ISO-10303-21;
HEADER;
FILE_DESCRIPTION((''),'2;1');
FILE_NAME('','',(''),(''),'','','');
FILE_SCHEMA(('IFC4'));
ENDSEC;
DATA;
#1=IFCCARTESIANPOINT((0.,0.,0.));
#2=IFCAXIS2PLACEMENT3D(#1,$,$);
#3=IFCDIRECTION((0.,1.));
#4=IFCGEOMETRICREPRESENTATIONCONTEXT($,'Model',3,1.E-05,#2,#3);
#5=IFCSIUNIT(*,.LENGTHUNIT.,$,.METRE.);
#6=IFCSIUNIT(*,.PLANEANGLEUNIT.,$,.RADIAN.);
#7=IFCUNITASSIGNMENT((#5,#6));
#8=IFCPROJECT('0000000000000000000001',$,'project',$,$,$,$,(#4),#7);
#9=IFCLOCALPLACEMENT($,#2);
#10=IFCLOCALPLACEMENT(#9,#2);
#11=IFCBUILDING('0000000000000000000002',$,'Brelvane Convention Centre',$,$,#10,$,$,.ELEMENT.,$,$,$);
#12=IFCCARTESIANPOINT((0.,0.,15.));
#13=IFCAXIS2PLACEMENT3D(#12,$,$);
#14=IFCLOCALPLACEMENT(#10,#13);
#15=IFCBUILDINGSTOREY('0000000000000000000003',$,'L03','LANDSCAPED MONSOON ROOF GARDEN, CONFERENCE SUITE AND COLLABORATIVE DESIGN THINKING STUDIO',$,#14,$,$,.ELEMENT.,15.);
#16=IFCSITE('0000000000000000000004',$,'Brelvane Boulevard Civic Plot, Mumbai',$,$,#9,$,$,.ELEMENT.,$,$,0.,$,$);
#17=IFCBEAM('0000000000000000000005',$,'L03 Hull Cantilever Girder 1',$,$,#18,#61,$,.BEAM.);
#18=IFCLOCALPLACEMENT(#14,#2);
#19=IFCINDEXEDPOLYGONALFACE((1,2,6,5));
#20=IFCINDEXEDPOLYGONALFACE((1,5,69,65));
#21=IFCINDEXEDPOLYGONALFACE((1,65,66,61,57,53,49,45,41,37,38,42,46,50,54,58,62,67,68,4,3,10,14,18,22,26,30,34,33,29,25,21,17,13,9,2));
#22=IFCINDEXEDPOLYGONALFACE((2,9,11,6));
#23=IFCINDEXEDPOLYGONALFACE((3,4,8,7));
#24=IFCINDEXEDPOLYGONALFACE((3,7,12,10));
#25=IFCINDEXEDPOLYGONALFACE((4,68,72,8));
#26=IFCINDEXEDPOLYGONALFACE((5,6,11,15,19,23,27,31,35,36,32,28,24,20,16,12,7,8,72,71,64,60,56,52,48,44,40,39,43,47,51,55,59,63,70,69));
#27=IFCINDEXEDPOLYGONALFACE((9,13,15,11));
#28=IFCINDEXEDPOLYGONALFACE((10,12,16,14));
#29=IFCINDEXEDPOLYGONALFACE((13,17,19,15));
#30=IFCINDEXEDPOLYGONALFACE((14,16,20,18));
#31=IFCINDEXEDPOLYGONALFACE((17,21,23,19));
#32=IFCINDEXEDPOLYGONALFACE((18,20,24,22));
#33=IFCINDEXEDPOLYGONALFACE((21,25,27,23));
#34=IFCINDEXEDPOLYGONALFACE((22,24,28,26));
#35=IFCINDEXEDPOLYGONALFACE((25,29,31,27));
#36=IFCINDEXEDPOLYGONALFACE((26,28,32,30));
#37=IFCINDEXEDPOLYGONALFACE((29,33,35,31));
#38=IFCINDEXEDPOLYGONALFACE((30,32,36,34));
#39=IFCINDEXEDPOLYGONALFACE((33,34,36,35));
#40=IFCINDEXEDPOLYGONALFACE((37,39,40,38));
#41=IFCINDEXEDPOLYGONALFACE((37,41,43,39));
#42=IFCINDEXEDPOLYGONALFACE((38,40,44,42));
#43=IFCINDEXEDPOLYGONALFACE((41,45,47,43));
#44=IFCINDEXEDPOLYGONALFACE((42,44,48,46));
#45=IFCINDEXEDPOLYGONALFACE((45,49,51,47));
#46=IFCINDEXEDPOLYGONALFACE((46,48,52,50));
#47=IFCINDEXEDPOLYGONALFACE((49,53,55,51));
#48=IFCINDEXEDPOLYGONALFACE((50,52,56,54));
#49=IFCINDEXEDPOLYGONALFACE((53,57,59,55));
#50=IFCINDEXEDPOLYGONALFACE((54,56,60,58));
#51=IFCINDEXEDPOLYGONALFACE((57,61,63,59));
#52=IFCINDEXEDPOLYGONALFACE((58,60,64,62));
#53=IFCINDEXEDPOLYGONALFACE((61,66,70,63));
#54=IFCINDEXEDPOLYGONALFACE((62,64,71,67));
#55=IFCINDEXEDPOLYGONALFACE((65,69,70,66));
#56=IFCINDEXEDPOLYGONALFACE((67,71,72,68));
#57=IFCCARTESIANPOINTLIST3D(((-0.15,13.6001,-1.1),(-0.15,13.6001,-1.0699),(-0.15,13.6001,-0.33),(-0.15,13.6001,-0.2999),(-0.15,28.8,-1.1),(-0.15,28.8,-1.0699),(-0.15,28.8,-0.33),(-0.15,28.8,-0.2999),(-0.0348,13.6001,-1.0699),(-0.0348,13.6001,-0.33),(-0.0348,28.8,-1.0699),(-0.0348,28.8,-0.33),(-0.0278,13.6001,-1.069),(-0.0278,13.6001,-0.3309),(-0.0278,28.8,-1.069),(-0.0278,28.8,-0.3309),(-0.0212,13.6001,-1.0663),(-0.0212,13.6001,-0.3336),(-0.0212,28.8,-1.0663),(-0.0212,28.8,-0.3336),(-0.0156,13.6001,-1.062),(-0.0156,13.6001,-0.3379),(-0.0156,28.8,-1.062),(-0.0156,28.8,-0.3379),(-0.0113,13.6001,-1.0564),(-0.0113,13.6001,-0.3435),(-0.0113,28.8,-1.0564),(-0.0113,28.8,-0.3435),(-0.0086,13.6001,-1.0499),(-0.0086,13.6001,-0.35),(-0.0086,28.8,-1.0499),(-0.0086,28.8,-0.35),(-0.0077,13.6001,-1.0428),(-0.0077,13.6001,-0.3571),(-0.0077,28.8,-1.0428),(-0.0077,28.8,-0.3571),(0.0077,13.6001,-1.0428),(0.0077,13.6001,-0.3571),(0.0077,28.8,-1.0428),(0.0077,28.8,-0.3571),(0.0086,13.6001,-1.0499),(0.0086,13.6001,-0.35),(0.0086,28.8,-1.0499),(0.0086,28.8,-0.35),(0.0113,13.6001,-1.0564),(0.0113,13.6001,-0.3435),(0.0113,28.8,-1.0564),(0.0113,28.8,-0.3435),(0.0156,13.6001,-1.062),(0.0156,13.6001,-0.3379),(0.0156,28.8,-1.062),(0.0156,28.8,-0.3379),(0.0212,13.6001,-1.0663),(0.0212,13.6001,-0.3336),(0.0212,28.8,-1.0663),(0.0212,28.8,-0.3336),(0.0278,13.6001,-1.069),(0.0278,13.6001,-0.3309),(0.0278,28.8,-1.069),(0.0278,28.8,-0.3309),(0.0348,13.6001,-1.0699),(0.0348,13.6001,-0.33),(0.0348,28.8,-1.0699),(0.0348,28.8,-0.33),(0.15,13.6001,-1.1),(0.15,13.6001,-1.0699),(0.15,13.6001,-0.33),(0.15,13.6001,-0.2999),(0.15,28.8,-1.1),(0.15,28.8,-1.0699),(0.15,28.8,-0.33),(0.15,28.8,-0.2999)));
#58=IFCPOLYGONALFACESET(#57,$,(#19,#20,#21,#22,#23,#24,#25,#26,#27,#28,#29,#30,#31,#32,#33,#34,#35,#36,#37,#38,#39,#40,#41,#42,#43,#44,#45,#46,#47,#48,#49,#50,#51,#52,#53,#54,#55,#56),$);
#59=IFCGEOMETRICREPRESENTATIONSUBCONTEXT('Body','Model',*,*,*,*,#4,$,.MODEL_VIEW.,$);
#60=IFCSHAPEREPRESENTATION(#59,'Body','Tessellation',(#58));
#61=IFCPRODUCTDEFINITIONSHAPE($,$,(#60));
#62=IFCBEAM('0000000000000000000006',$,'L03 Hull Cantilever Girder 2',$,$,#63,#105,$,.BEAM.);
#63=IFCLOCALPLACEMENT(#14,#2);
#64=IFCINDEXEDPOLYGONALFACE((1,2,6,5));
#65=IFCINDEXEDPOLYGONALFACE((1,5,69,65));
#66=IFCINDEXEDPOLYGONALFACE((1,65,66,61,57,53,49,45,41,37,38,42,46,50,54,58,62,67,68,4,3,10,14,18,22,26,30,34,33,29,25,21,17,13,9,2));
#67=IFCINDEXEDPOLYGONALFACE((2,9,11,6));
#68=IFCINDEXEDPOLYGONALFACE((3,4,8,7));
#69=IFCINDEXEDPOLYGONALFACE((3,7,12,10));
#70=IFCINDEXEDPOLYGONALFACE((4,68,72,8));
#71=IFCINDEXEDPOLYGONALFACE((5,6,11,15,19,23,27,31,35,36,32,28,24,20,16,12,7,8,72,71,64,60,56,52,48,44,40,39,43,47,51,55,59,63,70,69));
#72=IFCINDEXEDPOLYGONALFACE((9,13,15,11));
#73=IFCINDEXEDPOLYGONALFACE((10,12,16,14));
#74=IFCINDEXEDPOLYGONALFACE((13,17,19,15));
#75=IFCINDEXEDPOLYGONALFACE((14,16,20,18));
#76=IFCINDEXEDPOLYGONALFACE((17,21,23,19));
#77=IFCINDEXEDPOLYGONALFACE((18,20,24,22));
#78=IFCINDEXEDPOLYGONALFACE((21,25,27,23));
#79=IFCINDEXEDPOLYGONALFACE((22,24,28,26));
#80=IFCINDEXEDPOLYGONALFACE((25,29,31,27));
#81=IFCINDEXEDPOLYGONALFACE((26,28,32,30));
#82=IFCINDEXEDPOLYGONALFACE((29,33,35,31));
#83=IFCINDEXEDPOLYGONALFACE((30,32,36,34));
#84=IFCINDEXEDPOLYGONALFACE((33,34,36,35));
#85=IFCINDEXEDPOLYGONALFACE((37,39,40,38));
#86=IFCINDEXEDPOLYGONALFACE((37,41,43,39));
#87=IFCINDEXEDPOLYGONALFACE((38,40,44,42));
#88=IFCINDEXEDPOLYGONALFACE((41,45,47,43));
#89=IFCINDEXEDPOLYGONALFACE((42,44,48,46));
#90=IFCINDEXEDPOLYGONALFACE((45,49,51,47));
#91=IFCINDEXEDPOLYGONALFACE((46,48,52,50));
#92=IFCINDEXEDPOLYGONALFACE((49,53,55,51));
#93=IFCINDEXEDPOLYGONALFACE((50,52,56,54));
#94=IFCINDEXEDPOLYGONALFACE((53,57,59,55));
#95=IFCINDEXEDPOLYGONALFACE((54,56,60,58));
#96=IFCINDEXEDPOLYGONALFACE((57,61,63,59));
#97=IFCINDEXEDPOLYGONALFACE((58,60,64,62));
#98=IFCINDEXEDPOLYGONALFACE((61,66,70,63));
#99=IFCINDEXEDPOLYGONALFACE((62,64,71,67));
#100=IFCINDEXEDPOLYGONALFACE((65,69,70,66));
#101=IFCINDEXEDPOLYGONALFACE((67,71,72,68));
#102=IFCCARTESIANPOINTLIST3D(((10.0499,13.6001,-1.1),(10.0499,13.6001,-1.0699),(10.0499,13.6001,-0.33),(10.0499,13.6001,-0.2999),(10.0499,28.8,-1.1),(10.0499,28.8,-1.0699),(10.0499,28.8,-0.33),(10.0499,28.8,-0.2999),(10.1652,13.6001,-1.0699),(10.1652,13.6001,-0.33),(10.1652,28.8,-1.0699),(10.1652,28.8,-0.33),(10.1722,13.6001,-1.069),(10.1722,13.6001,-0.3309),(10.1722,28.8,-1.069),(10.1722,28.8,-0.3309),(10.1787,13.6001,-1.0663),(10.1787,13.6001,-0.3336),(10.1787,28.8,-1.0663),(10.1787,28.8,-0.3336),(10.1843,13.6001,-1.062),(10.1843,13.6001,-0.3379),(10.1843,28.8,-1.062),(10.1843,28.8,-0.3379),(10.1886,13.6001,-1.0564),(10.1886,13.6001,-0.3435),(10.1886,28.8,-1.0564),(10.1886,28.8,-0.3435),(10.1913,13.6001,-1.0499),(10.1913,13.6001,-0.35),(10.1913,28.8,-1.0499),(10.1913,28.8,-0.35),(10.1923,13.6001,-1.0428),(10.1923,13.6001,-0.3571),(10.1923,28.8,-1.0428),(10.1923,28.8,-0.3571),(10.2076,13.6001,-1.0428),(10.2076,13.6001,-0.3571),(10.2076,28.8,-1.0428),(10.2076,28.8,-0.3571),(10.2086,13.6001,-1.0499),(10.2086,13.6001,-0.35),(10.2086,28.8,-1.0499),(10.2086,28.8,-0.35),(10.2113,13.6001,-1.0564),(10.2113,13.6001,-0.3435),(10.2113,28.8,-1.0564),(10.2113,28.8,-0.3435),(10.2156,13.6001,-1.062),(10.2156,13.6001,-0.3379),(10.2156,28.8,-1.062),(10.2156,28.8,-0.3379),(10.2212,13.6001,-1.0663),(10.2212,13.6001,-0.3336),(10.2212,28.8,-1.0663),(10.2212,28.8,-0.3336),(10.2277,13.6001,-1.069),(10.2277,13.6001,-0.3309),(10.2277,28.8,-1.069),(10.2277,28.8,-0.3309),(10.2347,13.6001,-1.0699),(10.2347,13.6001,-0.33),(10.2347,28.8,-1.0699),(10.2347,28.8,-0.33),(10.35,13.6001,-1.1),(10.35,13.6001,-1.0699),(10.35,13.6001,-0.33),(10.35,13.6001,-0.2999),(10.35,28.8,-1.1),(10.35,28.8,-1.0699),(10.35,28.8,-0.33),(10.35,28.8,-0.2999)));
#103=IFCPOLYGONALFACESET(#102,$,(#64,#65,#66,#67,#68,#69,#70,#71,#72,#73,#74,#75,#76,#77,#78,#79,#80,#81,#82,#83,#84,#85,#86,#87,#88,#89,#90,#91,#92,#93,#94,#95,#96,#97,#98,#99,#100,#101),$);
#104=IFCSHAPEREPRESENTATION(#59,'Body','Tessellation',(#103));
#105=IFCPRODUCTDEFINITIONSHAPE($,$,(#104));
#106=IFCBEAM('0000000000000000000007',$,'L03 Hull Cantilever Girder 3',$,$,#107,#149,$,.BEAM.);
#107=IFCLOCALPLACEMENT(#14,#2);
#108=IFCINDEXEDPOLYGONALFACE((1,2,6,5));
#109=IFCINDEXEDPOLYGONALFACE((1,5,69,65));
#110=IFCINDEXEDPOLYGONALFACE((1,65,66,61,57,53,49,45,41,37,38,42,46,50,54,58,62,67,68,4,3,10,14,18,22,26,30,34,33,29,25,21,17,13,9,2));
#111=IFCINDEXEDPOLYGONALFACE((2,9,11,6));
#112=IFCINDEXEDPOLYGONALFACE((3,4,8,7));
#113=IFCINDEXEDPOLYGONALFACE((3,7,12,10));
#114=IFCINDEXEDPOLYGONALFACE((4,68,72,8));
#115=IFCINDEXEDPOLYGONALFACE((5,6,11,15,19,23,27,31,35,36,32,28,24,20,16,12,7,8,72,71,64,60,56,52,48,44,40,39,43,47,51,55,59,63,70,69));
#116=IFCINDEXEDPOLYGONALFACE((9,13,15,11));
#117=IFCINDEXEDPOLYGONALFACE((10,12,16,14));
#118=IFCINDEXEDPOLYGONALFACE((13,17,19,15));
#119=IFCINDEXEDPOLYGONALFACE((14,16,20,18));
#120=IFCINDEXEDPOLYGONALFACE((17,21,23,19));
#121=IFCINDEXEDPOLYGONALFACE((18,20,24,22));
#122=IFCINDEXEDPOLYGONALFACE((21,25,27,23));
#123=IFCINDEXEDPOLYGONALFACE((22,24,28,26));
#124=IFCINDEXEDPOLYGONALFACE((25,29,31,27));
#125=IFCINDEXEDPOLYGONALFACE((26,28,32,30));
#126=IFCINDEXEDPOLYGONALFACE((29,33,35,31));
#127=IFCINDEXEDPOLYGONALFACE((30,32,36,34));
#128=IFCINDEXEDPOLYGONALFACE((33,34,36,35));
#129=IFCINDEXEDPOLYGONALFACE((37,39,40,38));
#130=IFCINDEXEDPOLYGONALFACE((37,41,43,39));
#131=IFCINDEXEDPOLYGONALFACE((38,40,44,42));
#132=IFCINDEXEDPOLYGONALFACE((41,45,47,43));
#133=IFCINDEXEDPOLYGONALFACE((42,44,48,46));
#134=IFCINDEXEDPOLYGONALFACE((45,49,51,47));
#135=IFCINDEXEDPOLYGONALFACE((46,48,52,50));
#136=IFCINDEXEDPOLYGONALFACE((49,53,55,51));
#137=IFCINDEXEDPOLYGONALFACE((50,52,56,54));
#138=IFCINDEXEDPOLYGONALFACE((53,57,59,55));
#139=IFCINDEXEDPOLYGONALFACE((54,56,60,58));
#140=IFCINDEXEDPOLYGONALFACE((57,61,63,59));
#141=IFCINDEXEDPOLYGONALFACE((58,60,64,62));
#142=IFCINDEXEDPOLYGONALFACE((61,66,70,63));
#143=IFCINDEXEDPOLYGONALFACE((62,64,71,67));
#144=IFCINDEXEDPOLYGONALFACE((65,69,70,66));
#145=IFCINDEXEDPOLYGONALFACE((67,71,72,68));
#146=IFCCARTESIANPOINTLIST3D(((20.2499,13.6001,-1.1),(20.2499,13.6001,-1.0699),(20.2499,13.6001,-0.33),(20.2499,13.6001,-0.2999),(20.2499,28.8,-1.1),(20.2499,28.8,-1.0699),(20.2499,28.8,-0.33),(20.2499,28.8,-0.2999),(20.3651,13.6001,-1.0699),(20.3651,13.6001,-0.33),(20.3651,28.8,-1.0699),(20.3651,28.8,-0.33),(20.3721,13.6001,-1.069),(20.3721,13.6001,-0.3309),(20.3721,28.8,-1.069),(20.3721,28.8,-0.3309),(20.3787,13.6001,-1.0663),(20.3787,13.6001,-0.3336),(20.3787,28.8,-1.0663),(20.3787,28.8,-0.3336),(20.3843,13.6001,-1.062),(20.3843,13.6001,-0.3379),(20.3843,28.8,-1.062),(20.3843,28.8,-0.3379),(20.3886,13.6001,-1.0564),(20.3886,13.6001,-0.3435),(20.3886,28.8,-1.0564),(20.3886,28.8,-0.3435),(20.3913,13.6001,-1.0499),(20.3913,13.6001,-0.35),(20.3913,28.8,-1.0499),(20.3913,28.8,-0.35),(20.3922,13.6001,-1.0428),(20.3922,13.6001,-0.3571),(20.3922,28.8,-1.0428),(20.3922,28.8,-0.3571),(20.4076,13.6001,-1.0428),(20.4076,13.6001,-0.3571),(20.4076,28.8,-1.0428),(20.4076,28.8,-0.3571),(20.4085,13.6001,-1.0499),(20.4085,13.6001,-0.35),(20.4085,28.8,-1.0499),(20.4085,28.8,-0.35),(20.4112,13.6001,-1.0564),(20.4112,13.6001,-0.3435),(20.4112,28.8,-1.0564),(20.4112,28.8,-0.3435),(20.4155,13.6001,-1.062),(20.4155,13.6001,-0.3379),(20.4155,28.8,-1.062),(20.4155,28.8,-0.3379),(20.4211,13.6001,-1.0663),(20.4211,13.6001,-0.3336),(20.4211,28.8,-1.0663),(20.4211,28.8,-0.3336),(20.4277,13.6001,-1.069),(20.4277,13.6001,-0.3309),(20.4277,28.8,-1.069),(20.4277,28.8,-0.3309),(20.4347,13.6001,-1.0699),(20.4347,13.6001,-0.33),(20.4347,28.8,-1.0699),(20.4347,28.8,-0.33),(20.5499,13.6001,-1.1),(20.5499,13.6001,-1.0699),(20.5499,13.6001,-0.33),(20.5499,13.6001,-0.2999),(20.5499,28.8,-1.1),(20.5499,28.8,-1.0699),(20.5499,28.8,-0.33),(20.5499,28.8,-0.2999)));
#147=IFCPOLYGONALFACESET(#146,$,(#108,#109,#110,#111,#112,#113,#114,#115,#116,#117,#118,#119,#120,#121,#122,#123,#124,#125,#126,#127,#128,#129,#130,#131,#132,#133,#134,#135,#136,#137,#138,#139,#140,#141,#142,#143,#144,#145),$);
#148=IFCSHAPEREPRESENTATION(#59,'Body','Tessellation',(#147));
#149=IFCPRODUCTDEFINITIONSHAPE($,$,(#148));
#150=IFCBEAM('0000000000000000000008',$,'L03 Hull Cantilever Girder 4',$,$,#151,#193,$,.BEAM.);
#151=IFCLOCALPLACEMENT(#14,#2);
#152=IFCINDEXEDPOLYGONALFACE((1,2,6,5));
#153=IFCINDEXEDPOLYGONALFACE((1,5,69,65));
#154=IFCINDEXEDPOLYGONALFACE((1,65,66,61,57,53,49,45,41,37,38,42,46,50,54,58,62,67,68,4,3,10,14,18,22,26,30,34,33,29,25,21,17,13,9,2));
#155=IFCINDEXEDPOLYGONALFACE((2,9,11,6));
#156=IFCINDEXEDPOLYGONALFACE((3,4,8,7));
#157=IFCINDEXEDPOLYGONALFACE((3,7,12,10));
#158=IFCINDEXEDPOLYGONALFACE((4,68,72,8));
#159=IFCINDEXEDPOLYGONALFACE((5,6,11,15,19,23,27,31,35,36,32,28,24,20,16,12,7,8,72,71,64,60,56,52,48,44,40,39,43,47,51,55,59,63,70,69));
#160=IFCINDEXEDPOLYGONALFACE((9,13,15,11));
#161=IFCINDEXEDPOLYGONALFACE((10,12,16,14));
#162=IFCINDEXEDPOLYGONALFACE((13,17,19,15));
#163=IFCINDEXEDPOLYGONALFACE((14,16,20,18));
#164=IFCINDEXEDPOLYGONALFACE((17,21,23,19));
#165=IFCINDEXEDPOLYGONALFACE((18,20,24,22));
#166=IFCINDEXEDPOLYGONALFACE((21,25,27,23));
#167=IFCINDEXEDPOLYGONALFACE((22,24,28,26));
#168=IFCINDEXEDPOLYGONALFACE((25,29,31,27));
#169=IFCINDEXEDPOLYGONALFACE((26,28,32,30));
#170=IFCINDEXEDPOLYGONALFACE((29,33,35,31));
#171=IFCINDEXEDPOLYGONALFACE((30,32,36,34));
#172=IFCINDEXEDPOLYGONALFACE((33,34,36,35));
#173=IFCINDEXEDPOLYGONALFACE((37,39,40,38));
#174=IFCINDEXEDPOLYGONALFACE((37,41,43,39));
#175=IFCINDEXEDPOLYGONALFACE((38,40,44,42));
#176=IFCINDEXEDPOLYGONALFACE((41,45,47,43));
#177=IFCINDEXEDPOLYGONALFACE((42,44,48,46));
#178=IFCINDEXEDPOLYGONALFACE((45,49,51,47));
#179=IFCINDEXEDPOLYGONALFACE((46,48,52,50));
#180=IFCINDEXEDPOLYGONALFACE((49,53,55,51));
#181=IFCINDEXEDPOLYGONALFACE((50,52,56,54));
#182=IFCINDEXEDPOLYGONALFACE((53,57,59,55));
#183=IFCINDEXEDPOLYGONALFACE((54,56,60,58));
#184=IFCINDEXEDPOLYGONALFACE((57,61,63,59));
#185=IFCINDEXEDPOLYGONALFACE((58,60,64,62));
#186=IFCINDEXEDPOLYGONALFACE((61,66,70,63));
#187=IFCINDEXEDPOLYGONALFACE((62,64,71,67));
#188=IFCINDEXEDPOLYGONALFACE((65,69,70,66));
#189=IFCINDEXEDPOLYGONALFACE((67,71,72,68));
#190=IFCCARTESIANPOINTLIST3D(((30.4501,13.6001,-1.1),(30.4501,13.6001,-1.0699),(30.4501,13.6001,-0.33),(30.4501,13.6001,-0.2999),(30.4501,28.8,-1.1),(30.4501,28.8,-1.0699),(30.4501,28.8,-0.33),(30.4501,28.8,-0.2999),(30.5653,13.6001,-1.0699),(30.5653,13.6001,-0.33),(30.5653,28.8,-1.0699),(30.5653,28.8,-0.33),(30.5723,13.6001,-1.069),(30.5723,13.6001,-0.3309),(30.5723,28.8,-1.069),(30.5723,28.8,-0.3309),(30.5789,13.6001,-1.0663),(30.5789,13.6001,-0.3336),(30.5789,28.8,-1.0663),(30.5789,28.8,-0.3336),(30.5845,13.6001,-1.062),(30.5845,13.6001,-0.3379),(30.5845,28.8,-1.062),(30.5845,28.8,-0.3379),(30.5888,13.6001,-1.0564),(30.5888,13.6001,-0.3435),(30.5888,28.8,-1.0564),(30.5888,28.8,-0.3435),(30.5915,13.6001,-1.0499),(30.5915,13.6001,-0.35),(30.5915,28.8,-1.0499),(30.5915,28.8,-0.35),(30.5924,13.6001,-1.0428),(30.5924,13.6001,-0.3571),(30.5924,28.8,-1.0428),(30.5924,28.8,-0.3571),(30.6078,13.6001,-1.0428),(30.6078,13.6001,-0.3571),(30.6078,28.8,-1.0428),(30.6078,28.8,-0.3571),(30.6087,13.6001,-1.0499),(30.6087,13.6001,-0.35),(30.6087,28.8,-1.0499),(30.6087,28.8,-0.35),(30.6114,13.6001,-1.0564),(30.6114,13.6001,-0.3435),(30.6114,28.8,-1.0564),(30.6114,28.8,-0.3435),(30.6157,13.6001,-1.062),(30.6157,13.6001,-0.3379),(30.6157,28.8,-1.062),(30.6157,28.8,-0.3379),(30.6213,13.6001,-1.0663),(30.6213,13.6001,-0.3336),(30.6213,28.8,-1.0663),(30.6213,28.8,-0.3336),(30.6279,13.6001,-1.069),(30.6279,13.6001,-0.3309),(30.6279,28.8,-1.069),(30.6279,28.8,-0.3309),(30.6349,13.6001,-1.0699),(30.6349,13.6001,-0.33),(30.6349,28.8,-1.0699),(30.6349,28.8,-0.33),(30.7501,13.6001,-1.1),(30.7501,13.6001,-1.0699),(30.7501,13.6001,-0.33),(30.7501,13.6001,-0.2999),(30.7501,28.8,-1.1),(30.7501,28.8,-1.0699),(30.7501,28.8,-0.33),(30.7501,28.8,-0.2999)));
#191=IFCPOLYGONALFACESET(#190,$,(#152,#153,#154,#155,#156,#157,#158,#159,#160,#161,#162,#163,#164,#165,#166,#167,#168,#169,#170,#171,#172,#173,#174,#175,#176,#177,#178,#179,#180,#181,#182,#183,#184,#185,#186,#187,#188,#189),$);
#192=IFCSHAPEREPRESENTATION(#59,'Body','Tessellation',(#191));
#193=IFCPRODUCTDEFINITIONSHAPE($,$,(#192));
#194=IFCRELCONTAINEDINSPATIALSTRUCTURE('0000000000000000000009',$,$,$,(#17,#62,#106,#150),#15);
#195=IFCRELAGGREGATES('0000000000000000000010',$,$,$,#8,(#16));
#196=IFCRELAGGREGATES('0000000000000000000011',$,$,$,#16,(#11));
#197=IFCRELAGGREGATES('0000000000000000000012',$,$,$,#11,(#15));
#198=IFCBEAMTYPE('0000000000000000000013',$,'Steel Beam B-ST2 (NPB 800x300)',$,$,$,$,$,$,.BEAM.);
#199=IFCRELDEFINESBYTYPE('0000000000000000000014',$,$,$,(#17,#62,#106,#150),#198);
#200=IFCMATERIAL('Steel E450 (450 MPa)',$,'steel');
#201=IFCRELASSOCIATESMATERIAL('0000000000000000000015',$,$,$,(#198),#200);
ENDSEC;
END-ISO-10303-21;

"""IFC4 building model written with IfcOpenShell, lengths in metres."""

from ifc_helpers import new_model, si_unit, direction, frame, origin, origin_2d, place, context, subcontext, project, spatial, i_section, extrude, material, material_profile, profile_set, type_object, element, save


model = new_model("IFC4")

# Units and contexts
model_context = context("Model", 3, precision=1e-05, world=origin(), true_north=direction((0.0, 1.0)))
body_context = subcontext(model_context, "Body", "Model", "MODEL_VIEW")
ifc_project = project(units=[si_unit("LENGTHUNIT", "METRE"), si_unit("PLANEANGLEUNIT", "RADIAN")], contexts=[model_context])

# Site, building, storey
site_placement = place(None, origin())
site = spatial("IfcSite", under=ifc_project, at=site_placement, Name="Brelvane Boulevard Civic Plot, Mumbai", CompositionType="ELEMENT", RefElevation=0.0)
building_placement = place(site_placement, origin())
building = spatial("IfcBuilding", under=site, at=building_placement, Name="Brelvane Convention Centre", CompositionType="ELEMENT")
storey_placement = place(building_placement, frame((0.0, 0.0, 15.0)))
storey = spatial("IfcBuildingStorey", under=building, at=storey_placement, Name="L03", Description="LANDSCAPED MONSOON ROOF GARDEN, CONFERENCE SUITE AND COLLABORATIVE DESIGN THINKING STUDIO", CompositionType="ELEMENT", Elevation=15.0)

# Beams
ifc_material_1 = material(Name="Steel E450 (450 MPa)", Category="steel")
ifc_material_profile_1 = material_profile(ifc_material_1, i_section(OverallWidth=0.3, OverallDepth=0.8, WebThickness=0.0154, FlangeThickness=0.03, FilletRadius=0.0271, at=origin_2d()), Name="NPB 800x300")
ifc_profile_set_1 = profile_set([ifc_material_profile_1], Name="Steel E450 (450 MPa)")
beam_type_1 = type_object("IfcBeamType", Name="Steel Beam B-ST2 (NPB 800x300)", PredefinedType="BEAM", material=ifc_profile_set_1)
for number, where, z_axis, x_axis, name in (
    (1, (0.0, 13.6001, -0.7), (0.0, 1.0, 0.0), (-1.0, 0.0, 0.0), "L03 Hull Cantilever Girder 1"),
    (2, (10.2, 13.6001, -0.7), (0.0, 1.0, 0.0), (-1.0, 0.0, 0.0), "L03 Hull Cantilever Girder 2"),
    (3, (20.3999, 13.6001, -0.7), (0.0, 1.0, 0.0), (-1.0, 0.0, 0.0), "L03 Hull Cantilever Girder 3"),
    (4, (30.6001, 13.6001, -0.7), (0.0, 1.0, 0.0), (-1.0, 0.0, 0.0), "L03 Hull Cantilever Girder 4"),
):
    element("IfcBeam", number, at=place(storey_placement, frame(where, z_axis=z_axis, x_axis=x_axis)), inside=storey, type_object=beam_type_1, Name=name, PredefinedType="BEAM", context=body_context, shape_type="SweptSolid", body=[
        extrude(i_section(OverallWidth=0.3, OverallDepth=0.8, WebThickness=0.0154, FlangeThickness=0.03, FilletRadius=0.0271, at=origin_2d()), origin(), (0.0, 0.0, 1.0), 15.2),
    ])

save(model, "model.ifc")
